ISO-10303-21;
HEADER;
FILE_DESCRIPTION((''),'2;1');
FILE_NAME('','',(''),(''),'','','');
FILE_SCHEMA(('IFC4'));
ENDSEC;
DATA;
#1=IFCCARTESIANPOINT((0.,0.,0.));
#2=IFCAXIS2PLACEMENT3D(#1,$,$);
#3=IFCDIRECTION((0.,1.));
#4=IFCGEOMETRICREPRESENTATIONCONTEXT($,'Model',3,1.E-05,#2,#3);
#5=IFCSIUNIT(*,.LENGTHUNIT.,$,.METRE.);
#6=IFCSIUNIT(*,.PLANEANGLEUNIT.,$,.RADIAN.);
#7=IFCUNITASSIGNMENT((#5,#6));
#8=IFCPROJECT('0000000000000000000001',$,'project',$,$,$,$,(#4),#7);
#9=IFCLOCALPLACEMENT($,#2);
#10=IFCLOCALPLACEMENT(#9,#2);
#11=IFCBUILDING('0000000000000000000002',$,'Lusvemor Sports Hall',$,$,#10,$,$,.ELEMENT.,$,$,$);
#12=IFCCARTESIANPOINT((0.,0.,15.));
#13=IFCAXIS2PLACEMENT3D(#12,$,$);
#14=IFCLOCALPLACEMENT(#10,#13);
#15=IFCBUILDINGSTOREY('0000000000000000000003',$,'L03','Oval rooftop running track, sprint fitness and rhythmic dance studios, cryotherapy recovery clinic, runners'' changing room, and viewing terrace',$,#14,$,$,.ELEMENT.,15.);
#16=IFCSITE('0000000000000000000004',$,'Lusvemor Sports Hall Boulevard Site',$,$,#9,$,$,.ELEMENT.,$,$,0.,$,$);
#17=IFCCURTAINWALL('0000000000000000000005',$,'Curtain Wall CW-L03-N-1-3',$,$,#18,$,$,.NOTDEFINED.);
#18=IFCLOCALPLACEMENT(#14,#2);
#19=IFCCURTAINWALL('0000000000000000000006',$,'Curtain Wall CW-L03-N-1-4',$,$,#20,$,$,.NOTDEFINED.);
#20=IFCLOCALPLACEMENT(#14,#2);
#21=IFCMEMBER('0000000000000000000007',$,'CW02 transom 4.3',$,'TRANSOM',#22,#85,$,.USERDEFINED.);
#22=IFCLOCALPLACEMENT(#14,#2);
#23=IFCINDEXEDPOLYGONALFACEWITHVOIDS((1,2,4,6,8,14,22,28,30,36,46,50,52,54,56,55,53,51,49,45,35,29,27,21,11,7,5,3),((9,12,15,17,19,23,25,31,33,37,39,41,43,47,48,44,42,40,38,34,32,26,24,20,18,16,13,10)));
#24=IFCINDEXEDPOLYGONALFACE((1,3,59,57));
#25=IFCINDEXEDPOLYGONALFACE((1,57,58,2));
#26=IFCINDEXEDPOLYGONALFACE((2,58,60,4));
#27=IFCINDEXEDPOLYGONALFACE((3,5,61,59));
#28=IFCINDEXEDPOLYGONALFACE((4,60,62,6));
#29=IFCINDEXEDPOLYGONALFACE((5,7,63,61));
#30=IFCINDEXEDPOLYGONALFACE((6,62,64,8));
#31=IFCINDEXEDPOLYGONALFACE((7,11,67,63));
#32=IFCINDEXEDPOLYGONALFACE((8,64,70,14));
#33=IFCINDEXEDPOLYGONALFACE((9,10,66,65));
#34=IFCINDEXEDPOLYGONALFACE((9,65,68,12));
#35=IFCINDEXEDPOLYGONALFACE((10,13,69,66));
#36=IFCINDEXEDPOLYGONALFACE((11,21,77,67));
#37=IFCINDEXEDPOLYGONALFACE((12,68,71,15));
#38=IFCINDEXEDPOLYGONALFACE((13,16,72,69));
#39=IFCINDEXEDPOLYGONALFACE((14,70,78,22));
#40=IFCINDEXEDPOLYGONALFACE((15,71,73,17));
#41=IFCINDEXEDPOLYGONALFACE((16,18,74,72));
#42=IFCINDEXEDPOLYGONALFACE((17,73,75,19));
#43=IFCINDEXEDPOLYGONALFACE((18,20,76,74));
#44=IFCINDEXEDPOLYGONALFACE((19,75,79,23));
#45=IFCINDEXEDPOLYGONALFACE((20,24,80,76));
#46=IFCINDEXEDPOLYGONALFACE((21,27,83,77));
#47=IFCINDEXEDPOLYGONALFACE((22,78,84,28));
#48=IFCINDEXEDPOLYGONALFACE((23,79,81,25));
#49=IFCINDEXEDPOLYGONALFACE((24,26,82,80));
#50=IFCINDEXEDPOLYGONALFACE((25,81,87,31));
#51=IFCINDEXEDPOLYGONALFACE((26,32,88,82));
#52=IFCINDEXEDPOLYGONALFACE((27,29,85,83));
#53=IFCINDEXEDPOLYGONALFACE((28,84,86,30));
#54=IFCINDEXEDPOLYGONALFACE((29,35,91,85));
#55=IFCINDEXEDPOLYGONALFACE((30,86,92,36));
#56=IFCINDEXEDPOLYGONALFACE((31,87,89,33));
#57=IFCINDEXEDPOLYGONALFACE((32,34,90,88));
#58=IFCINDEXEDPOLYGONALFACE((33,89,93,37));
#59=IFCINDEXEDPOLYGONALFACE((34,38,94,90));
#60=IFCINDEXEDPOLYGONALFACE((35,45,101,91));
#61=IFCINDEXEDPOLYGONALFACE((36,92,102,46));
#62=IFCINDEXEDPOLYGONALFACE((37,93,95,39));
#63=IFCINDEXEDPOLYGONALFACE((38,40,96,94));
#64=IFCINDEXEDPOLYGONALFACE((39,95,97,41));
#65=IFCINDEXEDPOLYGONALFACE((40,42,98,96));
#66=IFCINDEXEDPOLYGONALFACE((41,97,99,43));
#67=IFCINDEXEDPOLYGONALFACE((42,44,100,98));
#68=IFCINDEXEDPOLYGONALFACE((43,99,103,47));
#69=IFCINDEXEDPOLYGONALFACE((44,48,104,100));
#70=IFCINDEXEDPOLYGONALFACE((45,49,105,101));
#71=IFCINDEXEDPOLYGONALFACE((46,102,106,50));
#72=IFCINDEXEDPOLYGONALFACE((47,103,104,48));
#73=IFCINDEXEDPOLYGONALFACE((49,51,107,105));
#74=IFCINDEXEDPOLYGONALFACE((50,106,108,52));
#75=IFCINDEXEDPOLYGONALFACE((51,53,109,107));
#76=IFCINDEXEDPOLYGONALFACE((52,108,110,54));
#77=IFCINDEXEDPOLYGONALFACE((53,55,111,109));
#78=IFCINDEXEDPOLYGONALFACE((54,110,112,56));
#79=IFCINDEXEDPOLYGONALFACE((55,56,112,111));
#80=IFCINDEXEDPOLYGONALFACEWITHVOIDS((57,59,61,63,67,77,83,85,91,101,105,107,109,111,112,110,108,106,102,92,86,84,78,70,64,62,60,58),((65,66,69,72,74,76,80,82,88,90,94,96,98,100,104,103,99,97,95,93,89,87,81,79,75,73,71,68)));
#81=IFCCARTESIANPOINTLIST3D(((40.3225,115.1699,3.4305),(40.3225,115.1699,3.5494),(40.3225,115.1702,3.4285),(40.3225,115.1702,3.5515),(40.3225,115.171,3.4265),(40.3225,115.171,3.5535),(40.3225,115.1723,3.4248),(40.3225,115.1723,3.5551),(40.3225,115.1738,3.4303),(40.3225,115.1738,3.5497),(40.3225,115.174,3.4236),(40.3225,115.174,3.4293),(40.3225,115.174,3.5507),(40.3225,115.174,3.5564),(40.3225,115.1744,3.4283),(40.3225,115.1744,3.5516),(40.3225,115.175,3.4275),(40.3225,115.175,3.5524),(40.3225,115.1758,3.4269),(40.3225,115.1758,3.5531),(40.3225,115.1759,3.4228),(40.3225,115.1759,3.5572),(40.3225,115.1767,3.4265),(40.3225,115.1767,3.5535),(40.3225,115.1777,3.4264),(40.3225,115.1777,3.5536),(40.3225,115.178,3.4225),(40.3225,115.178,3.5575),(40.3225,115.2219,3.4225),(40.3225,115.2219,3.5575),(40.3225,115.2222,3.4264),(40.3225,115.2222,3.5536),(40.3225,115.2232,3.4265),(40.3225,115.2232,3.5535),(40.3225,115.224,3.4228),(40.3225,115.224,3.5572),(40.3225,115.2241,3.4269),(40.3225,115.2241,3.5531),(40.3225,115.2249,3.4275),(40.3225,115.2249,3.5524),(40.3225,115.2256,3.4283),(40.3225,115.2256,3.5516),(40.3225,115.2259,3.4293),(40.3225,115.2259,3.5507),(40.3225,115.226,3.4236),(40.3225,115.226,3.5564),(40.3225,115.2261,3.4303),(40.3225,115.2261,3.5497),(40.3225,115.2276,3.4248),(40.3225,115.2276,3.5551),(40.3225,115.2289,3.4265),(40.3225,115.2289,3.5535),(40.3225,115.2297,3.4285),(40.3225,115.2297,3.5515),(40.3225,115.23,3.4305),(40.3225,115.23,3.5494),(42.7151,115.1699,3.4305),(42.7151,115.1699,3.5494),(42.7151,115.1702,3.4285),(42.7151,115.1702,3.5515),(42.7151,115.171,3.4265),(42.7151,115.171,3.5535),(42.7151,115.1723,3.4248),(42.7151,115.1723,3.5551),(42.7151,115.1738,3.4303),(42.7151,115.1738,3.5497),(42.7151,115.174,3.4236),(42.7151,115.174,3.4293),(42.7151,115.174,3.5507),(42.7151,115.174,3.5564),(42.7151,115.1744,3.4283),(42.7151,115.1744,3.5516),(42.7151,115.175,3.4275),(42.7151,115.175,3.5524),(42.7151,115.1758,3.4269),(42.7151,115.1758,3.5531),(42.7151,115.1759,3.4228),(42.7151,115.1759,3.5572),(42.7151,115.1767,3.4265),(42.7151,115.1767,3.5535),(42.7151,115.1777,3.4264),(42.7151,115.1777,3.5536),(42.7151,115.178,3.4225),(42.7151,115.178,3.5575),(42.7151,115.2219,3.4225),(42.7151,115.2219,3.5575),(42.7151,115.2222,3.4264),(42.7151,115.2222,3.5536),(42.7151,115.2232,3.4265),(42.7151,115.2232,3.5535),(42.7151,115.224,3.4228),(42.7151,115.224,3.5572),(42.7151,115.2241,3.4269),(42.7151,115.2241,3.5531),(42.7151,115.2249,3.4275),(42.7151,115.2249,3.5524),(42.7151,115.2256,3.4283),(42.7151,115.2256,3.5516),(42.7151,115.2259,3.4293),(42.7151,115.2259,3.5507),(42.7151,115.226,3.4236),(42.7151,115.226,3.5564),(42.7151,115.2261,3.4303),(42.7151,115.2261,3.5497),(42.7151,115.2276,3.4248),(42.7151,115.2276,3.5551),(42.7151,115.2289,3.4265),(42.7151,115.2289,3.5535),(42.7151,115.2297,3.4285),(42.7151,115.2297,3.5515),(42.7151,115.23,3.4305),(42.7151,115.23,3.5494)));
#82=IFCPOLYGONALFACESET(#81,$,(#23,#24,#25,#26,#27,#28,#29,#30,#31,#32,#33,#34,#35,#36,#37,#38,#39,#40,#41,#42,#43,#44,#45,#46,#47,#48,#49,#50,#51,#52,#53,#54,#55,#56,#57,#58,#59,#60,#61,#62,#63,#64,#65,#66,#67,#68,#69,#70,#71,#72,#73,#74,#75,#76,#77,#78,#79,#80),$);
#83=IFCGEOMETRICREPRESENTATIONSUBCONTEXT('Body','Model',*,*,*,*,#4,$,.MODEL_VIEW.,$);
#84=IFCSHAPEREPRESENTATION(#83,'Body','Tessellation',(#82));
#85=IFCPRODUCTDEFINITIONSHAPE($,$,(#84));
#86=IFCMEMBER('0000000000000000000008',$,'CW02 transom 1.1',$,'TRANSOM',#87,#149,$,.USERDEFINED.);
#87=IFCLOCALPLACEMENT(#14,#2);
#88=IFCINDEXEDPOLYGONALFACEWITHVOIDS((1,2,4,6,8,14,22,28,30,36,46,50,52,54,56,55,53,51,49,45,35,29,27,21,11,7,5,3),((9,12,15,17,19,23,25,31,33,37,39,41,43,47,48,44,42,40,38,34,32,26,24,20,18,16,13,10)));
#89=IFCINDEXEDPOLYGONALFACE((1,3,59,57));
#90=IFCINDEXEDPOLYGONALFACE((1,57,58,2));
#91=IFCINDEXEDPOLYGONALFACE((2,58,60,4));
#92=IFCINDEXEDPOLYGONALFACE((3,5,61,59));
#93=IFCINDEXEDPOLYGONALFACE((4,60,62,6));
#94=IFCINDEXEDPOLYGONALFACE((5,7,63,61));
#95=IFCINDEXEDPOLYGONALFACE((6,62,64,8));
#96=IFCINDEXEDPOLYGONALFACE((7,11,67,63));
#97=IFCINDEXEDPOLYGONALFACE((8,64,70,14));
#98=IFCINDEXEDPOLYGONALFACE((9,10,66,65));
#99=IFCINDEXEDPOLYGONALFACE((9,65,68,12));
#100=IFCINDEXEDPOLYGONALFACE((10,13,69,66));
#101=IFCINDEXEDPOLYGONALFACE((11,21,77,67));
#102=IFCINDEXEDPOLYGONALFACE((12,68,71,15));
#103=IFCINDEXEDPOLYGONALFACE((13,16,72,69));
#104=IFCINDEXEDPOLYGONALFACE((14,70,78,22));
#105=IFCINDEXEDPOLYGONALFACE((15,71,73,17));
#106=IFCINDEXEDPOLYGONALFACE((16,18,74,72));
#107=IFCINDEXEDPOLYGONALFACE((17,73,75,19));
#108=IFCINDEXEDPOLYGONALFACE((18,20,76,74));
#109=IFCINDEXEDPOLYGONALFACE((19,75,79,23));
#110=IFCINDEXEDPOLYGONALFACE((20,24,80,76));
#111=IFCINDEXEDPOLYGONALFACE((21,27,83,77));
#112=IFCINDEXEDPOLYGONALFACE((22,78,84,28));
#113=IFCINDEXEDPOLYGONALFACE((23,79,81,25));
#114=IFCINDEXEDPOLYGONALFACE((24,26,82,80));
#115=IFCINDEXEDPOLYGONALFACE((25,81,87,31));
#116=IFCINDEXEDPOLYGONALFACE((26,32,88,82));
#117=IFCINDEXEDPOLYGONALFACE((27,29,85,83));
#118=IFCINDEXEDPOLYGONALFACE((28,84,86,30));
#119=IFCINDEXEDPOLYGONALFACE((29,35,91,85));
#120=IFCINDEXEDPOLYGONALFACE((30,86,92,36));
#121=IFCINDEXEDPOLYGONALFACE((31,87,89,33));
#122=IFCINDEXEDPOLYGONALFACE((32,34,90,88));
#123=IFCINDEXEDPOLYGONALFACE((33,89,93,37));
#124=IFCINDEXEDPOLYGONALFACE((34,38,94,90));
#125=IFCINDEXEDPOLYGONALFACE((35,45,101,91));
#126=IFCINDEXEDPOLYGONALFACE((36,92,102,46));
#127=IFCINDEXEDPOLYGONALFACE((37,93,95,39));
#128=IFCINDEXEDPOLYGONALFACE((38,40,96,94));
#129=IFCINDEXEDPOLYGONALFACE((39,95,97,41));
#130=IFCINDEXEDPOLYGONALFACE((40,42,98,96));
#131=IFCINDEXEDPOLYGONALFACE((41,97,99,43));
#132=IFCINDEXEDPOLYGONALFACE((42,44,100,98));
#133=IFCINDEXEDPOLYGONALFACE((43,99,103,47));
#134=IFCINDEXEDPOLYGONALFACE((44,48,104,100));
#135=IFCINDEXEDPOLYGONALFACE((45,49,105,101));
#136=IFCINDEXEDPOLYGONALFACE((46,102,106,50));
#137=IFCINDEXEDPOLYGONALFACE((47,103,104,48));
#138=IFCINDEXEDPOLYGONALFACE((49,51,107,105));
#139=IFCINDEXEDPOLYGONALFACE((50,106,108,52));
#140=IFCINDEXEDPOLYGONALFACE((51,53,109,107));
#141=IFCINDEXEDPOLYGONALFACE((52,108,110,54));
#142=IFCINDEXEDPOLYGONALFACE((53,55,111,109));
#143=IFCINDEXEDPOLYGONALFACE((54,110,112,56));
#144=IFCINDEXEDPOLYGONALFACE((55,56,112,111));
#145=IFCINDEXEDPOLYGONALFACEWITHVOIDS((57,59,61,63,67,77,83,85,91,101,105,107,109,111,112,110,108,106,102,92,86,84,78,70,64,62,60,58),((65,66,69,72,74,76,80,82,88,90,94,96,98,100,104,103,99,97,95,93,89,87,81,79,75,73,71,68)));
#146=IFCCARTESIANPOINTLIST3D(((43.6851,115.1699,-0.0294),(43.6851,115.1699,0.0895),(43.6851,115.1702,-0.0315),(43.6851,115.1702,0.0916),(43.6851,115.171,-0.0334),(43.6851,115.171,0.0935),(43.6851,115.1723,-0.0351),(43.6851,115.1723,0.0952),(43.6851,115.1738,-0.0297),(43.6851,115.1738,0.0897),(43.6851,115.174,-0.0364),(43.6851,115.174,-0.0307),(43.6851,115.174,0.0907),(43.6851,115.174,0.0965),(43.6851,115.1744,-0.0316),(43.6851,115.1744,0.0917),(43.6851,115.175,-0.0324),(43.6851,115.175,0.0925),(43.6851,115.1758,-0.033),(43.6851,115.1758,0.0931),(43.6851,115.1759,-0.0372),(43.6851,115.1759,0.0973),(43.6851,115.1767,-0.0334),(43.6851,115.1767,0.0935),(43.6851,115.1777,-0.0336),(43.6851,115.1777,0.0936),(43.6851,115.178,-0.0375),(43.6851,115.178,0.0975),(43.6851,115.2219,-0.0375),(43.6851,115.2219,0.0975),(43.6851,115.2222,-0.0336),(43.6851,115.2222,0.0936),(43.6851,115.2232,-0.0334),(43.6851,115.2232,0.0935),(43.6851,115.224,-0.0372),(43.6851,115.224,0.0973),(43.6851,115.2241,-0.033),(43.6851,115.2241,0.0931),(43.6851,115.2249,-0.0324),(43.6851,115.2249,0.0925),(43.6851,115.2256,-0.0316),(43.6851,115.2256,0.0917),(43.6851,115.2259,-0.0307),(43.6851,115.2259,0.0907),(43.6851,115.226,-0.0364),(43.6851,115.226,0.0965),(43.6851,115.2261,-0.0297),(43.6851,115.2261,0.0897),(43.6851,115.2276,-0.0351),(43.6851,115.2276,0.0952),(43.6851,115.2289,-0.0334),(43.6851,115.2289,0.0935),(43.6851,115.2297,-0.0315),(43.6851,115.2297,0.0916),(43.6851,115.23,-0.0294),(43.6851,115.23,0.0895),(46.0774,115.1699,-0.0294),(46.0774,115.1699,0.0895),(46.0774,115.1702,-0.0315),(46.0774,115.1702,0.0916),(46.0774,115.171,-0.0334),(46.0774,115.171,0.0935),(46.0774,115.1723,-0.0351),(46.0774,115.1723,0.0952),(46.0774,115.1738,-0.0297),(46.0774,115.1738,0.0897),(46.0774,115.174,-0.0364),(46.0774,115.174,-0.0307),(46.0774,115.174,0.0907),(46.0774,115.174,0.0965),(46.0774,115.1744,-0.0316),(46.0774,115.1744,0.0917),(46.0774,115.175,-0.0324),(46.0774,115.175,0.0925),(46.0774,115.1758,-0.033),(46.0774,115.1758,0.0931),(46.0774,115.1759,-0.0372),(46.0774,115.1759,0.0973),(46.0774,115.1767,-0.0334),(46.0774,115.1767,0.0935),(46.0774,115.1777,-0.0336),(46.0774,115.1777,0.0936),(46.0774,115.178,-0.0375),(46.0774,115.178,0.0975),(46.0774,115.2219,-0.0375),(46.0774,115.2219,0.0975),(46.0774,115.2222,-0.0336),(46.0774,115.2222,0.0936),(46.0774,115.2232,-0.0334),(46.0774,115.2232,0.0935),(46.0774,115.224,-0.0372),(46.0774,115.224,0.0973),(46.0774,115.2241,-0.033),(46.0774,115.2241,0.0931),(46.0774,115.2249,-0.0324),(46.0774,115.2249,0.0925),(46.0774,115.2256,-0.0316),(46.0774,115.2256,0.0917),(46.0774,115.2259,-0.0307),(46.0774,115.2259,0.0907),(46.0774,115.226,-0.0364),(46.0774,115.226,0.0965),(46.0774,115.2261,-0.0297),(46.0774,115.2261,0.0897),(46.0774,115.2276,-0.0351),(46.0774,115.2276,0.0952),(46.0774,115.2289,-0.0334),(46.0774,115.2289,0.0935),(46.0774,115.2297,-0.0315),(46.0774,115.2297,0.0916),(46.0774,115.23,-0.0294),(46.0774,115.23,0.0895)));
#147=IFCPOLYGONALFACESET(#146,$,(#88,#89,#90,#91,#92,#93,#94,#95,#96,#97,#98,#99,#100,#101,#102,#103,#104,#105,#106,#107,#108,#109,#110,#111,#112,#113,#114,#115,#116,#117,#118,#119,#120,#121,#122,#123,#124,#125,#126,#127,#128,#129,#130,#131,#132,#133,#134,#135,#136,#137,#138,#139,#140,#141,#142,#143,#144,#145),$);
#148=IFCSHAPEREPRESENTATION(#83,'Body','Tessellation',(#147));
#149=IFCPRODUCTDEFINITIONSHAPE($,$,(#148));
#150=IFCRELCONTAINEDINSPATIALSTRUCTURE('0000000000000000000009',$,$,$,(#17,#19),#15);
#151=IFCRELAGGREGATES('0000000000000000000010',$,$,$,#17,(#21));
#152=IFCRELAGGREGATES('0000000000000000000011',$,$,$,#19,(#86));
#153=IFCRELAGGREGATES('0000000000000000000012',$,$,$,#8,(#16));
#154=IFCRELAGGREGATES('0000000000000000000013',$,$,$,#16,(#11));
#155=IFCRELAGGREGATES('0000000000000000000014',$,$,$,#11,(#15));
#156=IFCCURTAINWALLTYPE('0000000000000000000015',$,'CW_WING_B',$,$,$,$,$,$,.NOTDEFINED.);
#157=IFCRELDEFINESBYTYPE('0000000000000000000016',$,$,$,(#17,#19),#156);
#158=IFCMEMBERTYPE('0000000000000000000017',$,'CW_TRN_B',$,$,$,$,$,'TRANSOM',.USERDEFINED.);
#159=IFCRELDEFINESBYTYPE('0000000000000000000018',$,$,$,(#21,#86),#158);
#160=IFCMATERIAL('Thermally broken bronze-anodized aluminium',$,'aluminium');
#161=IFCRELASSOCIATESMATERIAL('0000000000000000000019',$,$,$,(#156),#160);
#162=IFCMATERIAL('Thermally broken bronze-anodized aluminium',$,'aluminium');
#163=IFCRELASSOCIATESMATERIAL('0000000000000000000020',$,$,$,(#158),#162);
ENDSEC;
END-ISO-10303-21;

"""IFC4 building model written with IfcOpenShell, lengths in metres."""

from ifc_helpers import new_model, si_unit, direction, frame, origin, origin_2d, place, context, subcontext, project, spatial, hollow_rectangle, extrude, material, material_profile, profile_set, type_object, element, aggregate, save


model = new_model("IFC4")

# Units and contexts
model_context = context("Model", 3, precision=1e-05, world=origin(), true_north=direction((0.0, 1.0)))
body_context = subcontext(model_context, "Body", "Model", "MODEL_VIEW")
ifc_project = project(units=[si_unit("LENGTHUNIT", "METRE"), si_unit("PLANEANGLEUNIT", "RADIAN")], contexts=[model_context])

# Site, building, storey
site_placement = place(None, origin())
site = spatial("IfcSite", under=ifc_project, at=site_placement, Name="Lusvemor Sports Hall Boulevard Site", CompositionType="ELEMENT", RefElevation=0.0)
building_placement = place(site_placement, origin())
building = spatial("IfcBuilding", under=site, at=building_placement, Name="Lusvemor Sports Hall", CompositionType="ELEMENT")
storey_placement = place(building_placement, frame((0.0, 0.0, 15.0)))
storey = spatial("IfcBuildingStorey", under=building, at=storey_placement, Name="L03", Description="Oval rooftop running track, sprint fitness and rhythmic dance studios, cryotherapy recovery clinic, runners' changing room, and viewing terrace", CompositionType="ELEMENT", Elevation=15.0)

# Curtain walls
ifc_material_1 = material(Name="Thermally broken bronze-anodized aluminium", Category="aluminium")
curtain_wall_type = type_object("IfcCurtainWallType", Name="CW_WING_B", PredefinedType="NOTDEFINED", material=ifc_material_1)
curtain_wall_1_placement = place(storey_placement, origin())
curtain_wall_1 = element("IfcCurtainWall", 1, at=curtain_wall_1_placement, inside=storey, type_object=curtain_wall_type, Name="Curtain Wall CW-L03-N-1-3", PredefinedType="NOTDEFINED")
curtain_wall_2_placement = place(storey_placement, origin())
curtain_wall_2 = element("IfcCurtainWall", 2, at=curtain_wall_2_placement, inside=storey, type_object=curtain_wall_type, Name="Curtain Wall CW-L03-N-1-4", PredefinedType="NOTDEFINED")

# Members
ifc_material_2 = material(Name="Thermally broken bronze-anodized aluminium", Category="aluminium")
ifc_material_profile_1 = material_profile(ifc_material_2, hollow_rectangle(XDim=0.0601, YDim=0.135, WallThickness=0.0039, InnerFilletRadius=0.0039, OuterFilletRadius=0.0081, at=origin_2d()), Name="CWTRN135x60x4")
ifc_profile_set_1 = profile_set([ifc_material_profile_1], Name="Thermally broken bronze-anodized aluminium")
member_type_1 = type_object("IfcMemberType", Name="CW_TRN_B", ElementType="TRANSOM", PredefinedType="USERDEFINED", material=ifc_profile_set_1)
member_1_placement = place(storey_placement, frame((40.3225, 115.2, 3.49), z_axis=(1.0, 0.0, 0.0), x_axis=(0.0, 1.0, 0.0)))
member_1 = element("IfcMember", 3, at=member_1_placement, type_object=member_type_1, Name="CW02 transom 4.3", ObjectType="TRANSOM", PredefinedType="USERDEFINED", context=body_context, shape_type="SweptSolid", body=[
    extrude(hollow_rectangle(XDim=0.0601, YDim=0.135, WallThickness=0.0039, InnerFilletRadius=0.0039, OuterFilletRadius=0.0081, at=origin_2d()), origin(), (0.0, 0.0, 1.0), 2.3926),
])
member_2_placement = place(storey_placement, frame((43.6851, 115.2, 0.03), z_axis=(1.0, 0.0, 0.0), x_axis=(0.0, 1.0, 0.0)))
member_2 = element("IfcMember", 4, at=member_2_placement, type_object=member_type_1, Name="CW02 transom 1.1", ObjectType="TRANSOM", PredefinedType="USERDEFINED", context=body_context, shape_type="SweptSolid", body=[
    extrude(hollow_rectangle(XDim=0.0601, YDim=0.135, WallThickness=0.0039, InnerFilletRadius=0.0039, OuterFilletRadius=0.0081, at=origin_2d()), origin(), (0.0, 0.0, 1.0), 2.3923),
])

aggregate(curtain_wall_1, [member_1])
aggregate(curtain_wall_2, [member_2])

save(model, "model.ifc")
